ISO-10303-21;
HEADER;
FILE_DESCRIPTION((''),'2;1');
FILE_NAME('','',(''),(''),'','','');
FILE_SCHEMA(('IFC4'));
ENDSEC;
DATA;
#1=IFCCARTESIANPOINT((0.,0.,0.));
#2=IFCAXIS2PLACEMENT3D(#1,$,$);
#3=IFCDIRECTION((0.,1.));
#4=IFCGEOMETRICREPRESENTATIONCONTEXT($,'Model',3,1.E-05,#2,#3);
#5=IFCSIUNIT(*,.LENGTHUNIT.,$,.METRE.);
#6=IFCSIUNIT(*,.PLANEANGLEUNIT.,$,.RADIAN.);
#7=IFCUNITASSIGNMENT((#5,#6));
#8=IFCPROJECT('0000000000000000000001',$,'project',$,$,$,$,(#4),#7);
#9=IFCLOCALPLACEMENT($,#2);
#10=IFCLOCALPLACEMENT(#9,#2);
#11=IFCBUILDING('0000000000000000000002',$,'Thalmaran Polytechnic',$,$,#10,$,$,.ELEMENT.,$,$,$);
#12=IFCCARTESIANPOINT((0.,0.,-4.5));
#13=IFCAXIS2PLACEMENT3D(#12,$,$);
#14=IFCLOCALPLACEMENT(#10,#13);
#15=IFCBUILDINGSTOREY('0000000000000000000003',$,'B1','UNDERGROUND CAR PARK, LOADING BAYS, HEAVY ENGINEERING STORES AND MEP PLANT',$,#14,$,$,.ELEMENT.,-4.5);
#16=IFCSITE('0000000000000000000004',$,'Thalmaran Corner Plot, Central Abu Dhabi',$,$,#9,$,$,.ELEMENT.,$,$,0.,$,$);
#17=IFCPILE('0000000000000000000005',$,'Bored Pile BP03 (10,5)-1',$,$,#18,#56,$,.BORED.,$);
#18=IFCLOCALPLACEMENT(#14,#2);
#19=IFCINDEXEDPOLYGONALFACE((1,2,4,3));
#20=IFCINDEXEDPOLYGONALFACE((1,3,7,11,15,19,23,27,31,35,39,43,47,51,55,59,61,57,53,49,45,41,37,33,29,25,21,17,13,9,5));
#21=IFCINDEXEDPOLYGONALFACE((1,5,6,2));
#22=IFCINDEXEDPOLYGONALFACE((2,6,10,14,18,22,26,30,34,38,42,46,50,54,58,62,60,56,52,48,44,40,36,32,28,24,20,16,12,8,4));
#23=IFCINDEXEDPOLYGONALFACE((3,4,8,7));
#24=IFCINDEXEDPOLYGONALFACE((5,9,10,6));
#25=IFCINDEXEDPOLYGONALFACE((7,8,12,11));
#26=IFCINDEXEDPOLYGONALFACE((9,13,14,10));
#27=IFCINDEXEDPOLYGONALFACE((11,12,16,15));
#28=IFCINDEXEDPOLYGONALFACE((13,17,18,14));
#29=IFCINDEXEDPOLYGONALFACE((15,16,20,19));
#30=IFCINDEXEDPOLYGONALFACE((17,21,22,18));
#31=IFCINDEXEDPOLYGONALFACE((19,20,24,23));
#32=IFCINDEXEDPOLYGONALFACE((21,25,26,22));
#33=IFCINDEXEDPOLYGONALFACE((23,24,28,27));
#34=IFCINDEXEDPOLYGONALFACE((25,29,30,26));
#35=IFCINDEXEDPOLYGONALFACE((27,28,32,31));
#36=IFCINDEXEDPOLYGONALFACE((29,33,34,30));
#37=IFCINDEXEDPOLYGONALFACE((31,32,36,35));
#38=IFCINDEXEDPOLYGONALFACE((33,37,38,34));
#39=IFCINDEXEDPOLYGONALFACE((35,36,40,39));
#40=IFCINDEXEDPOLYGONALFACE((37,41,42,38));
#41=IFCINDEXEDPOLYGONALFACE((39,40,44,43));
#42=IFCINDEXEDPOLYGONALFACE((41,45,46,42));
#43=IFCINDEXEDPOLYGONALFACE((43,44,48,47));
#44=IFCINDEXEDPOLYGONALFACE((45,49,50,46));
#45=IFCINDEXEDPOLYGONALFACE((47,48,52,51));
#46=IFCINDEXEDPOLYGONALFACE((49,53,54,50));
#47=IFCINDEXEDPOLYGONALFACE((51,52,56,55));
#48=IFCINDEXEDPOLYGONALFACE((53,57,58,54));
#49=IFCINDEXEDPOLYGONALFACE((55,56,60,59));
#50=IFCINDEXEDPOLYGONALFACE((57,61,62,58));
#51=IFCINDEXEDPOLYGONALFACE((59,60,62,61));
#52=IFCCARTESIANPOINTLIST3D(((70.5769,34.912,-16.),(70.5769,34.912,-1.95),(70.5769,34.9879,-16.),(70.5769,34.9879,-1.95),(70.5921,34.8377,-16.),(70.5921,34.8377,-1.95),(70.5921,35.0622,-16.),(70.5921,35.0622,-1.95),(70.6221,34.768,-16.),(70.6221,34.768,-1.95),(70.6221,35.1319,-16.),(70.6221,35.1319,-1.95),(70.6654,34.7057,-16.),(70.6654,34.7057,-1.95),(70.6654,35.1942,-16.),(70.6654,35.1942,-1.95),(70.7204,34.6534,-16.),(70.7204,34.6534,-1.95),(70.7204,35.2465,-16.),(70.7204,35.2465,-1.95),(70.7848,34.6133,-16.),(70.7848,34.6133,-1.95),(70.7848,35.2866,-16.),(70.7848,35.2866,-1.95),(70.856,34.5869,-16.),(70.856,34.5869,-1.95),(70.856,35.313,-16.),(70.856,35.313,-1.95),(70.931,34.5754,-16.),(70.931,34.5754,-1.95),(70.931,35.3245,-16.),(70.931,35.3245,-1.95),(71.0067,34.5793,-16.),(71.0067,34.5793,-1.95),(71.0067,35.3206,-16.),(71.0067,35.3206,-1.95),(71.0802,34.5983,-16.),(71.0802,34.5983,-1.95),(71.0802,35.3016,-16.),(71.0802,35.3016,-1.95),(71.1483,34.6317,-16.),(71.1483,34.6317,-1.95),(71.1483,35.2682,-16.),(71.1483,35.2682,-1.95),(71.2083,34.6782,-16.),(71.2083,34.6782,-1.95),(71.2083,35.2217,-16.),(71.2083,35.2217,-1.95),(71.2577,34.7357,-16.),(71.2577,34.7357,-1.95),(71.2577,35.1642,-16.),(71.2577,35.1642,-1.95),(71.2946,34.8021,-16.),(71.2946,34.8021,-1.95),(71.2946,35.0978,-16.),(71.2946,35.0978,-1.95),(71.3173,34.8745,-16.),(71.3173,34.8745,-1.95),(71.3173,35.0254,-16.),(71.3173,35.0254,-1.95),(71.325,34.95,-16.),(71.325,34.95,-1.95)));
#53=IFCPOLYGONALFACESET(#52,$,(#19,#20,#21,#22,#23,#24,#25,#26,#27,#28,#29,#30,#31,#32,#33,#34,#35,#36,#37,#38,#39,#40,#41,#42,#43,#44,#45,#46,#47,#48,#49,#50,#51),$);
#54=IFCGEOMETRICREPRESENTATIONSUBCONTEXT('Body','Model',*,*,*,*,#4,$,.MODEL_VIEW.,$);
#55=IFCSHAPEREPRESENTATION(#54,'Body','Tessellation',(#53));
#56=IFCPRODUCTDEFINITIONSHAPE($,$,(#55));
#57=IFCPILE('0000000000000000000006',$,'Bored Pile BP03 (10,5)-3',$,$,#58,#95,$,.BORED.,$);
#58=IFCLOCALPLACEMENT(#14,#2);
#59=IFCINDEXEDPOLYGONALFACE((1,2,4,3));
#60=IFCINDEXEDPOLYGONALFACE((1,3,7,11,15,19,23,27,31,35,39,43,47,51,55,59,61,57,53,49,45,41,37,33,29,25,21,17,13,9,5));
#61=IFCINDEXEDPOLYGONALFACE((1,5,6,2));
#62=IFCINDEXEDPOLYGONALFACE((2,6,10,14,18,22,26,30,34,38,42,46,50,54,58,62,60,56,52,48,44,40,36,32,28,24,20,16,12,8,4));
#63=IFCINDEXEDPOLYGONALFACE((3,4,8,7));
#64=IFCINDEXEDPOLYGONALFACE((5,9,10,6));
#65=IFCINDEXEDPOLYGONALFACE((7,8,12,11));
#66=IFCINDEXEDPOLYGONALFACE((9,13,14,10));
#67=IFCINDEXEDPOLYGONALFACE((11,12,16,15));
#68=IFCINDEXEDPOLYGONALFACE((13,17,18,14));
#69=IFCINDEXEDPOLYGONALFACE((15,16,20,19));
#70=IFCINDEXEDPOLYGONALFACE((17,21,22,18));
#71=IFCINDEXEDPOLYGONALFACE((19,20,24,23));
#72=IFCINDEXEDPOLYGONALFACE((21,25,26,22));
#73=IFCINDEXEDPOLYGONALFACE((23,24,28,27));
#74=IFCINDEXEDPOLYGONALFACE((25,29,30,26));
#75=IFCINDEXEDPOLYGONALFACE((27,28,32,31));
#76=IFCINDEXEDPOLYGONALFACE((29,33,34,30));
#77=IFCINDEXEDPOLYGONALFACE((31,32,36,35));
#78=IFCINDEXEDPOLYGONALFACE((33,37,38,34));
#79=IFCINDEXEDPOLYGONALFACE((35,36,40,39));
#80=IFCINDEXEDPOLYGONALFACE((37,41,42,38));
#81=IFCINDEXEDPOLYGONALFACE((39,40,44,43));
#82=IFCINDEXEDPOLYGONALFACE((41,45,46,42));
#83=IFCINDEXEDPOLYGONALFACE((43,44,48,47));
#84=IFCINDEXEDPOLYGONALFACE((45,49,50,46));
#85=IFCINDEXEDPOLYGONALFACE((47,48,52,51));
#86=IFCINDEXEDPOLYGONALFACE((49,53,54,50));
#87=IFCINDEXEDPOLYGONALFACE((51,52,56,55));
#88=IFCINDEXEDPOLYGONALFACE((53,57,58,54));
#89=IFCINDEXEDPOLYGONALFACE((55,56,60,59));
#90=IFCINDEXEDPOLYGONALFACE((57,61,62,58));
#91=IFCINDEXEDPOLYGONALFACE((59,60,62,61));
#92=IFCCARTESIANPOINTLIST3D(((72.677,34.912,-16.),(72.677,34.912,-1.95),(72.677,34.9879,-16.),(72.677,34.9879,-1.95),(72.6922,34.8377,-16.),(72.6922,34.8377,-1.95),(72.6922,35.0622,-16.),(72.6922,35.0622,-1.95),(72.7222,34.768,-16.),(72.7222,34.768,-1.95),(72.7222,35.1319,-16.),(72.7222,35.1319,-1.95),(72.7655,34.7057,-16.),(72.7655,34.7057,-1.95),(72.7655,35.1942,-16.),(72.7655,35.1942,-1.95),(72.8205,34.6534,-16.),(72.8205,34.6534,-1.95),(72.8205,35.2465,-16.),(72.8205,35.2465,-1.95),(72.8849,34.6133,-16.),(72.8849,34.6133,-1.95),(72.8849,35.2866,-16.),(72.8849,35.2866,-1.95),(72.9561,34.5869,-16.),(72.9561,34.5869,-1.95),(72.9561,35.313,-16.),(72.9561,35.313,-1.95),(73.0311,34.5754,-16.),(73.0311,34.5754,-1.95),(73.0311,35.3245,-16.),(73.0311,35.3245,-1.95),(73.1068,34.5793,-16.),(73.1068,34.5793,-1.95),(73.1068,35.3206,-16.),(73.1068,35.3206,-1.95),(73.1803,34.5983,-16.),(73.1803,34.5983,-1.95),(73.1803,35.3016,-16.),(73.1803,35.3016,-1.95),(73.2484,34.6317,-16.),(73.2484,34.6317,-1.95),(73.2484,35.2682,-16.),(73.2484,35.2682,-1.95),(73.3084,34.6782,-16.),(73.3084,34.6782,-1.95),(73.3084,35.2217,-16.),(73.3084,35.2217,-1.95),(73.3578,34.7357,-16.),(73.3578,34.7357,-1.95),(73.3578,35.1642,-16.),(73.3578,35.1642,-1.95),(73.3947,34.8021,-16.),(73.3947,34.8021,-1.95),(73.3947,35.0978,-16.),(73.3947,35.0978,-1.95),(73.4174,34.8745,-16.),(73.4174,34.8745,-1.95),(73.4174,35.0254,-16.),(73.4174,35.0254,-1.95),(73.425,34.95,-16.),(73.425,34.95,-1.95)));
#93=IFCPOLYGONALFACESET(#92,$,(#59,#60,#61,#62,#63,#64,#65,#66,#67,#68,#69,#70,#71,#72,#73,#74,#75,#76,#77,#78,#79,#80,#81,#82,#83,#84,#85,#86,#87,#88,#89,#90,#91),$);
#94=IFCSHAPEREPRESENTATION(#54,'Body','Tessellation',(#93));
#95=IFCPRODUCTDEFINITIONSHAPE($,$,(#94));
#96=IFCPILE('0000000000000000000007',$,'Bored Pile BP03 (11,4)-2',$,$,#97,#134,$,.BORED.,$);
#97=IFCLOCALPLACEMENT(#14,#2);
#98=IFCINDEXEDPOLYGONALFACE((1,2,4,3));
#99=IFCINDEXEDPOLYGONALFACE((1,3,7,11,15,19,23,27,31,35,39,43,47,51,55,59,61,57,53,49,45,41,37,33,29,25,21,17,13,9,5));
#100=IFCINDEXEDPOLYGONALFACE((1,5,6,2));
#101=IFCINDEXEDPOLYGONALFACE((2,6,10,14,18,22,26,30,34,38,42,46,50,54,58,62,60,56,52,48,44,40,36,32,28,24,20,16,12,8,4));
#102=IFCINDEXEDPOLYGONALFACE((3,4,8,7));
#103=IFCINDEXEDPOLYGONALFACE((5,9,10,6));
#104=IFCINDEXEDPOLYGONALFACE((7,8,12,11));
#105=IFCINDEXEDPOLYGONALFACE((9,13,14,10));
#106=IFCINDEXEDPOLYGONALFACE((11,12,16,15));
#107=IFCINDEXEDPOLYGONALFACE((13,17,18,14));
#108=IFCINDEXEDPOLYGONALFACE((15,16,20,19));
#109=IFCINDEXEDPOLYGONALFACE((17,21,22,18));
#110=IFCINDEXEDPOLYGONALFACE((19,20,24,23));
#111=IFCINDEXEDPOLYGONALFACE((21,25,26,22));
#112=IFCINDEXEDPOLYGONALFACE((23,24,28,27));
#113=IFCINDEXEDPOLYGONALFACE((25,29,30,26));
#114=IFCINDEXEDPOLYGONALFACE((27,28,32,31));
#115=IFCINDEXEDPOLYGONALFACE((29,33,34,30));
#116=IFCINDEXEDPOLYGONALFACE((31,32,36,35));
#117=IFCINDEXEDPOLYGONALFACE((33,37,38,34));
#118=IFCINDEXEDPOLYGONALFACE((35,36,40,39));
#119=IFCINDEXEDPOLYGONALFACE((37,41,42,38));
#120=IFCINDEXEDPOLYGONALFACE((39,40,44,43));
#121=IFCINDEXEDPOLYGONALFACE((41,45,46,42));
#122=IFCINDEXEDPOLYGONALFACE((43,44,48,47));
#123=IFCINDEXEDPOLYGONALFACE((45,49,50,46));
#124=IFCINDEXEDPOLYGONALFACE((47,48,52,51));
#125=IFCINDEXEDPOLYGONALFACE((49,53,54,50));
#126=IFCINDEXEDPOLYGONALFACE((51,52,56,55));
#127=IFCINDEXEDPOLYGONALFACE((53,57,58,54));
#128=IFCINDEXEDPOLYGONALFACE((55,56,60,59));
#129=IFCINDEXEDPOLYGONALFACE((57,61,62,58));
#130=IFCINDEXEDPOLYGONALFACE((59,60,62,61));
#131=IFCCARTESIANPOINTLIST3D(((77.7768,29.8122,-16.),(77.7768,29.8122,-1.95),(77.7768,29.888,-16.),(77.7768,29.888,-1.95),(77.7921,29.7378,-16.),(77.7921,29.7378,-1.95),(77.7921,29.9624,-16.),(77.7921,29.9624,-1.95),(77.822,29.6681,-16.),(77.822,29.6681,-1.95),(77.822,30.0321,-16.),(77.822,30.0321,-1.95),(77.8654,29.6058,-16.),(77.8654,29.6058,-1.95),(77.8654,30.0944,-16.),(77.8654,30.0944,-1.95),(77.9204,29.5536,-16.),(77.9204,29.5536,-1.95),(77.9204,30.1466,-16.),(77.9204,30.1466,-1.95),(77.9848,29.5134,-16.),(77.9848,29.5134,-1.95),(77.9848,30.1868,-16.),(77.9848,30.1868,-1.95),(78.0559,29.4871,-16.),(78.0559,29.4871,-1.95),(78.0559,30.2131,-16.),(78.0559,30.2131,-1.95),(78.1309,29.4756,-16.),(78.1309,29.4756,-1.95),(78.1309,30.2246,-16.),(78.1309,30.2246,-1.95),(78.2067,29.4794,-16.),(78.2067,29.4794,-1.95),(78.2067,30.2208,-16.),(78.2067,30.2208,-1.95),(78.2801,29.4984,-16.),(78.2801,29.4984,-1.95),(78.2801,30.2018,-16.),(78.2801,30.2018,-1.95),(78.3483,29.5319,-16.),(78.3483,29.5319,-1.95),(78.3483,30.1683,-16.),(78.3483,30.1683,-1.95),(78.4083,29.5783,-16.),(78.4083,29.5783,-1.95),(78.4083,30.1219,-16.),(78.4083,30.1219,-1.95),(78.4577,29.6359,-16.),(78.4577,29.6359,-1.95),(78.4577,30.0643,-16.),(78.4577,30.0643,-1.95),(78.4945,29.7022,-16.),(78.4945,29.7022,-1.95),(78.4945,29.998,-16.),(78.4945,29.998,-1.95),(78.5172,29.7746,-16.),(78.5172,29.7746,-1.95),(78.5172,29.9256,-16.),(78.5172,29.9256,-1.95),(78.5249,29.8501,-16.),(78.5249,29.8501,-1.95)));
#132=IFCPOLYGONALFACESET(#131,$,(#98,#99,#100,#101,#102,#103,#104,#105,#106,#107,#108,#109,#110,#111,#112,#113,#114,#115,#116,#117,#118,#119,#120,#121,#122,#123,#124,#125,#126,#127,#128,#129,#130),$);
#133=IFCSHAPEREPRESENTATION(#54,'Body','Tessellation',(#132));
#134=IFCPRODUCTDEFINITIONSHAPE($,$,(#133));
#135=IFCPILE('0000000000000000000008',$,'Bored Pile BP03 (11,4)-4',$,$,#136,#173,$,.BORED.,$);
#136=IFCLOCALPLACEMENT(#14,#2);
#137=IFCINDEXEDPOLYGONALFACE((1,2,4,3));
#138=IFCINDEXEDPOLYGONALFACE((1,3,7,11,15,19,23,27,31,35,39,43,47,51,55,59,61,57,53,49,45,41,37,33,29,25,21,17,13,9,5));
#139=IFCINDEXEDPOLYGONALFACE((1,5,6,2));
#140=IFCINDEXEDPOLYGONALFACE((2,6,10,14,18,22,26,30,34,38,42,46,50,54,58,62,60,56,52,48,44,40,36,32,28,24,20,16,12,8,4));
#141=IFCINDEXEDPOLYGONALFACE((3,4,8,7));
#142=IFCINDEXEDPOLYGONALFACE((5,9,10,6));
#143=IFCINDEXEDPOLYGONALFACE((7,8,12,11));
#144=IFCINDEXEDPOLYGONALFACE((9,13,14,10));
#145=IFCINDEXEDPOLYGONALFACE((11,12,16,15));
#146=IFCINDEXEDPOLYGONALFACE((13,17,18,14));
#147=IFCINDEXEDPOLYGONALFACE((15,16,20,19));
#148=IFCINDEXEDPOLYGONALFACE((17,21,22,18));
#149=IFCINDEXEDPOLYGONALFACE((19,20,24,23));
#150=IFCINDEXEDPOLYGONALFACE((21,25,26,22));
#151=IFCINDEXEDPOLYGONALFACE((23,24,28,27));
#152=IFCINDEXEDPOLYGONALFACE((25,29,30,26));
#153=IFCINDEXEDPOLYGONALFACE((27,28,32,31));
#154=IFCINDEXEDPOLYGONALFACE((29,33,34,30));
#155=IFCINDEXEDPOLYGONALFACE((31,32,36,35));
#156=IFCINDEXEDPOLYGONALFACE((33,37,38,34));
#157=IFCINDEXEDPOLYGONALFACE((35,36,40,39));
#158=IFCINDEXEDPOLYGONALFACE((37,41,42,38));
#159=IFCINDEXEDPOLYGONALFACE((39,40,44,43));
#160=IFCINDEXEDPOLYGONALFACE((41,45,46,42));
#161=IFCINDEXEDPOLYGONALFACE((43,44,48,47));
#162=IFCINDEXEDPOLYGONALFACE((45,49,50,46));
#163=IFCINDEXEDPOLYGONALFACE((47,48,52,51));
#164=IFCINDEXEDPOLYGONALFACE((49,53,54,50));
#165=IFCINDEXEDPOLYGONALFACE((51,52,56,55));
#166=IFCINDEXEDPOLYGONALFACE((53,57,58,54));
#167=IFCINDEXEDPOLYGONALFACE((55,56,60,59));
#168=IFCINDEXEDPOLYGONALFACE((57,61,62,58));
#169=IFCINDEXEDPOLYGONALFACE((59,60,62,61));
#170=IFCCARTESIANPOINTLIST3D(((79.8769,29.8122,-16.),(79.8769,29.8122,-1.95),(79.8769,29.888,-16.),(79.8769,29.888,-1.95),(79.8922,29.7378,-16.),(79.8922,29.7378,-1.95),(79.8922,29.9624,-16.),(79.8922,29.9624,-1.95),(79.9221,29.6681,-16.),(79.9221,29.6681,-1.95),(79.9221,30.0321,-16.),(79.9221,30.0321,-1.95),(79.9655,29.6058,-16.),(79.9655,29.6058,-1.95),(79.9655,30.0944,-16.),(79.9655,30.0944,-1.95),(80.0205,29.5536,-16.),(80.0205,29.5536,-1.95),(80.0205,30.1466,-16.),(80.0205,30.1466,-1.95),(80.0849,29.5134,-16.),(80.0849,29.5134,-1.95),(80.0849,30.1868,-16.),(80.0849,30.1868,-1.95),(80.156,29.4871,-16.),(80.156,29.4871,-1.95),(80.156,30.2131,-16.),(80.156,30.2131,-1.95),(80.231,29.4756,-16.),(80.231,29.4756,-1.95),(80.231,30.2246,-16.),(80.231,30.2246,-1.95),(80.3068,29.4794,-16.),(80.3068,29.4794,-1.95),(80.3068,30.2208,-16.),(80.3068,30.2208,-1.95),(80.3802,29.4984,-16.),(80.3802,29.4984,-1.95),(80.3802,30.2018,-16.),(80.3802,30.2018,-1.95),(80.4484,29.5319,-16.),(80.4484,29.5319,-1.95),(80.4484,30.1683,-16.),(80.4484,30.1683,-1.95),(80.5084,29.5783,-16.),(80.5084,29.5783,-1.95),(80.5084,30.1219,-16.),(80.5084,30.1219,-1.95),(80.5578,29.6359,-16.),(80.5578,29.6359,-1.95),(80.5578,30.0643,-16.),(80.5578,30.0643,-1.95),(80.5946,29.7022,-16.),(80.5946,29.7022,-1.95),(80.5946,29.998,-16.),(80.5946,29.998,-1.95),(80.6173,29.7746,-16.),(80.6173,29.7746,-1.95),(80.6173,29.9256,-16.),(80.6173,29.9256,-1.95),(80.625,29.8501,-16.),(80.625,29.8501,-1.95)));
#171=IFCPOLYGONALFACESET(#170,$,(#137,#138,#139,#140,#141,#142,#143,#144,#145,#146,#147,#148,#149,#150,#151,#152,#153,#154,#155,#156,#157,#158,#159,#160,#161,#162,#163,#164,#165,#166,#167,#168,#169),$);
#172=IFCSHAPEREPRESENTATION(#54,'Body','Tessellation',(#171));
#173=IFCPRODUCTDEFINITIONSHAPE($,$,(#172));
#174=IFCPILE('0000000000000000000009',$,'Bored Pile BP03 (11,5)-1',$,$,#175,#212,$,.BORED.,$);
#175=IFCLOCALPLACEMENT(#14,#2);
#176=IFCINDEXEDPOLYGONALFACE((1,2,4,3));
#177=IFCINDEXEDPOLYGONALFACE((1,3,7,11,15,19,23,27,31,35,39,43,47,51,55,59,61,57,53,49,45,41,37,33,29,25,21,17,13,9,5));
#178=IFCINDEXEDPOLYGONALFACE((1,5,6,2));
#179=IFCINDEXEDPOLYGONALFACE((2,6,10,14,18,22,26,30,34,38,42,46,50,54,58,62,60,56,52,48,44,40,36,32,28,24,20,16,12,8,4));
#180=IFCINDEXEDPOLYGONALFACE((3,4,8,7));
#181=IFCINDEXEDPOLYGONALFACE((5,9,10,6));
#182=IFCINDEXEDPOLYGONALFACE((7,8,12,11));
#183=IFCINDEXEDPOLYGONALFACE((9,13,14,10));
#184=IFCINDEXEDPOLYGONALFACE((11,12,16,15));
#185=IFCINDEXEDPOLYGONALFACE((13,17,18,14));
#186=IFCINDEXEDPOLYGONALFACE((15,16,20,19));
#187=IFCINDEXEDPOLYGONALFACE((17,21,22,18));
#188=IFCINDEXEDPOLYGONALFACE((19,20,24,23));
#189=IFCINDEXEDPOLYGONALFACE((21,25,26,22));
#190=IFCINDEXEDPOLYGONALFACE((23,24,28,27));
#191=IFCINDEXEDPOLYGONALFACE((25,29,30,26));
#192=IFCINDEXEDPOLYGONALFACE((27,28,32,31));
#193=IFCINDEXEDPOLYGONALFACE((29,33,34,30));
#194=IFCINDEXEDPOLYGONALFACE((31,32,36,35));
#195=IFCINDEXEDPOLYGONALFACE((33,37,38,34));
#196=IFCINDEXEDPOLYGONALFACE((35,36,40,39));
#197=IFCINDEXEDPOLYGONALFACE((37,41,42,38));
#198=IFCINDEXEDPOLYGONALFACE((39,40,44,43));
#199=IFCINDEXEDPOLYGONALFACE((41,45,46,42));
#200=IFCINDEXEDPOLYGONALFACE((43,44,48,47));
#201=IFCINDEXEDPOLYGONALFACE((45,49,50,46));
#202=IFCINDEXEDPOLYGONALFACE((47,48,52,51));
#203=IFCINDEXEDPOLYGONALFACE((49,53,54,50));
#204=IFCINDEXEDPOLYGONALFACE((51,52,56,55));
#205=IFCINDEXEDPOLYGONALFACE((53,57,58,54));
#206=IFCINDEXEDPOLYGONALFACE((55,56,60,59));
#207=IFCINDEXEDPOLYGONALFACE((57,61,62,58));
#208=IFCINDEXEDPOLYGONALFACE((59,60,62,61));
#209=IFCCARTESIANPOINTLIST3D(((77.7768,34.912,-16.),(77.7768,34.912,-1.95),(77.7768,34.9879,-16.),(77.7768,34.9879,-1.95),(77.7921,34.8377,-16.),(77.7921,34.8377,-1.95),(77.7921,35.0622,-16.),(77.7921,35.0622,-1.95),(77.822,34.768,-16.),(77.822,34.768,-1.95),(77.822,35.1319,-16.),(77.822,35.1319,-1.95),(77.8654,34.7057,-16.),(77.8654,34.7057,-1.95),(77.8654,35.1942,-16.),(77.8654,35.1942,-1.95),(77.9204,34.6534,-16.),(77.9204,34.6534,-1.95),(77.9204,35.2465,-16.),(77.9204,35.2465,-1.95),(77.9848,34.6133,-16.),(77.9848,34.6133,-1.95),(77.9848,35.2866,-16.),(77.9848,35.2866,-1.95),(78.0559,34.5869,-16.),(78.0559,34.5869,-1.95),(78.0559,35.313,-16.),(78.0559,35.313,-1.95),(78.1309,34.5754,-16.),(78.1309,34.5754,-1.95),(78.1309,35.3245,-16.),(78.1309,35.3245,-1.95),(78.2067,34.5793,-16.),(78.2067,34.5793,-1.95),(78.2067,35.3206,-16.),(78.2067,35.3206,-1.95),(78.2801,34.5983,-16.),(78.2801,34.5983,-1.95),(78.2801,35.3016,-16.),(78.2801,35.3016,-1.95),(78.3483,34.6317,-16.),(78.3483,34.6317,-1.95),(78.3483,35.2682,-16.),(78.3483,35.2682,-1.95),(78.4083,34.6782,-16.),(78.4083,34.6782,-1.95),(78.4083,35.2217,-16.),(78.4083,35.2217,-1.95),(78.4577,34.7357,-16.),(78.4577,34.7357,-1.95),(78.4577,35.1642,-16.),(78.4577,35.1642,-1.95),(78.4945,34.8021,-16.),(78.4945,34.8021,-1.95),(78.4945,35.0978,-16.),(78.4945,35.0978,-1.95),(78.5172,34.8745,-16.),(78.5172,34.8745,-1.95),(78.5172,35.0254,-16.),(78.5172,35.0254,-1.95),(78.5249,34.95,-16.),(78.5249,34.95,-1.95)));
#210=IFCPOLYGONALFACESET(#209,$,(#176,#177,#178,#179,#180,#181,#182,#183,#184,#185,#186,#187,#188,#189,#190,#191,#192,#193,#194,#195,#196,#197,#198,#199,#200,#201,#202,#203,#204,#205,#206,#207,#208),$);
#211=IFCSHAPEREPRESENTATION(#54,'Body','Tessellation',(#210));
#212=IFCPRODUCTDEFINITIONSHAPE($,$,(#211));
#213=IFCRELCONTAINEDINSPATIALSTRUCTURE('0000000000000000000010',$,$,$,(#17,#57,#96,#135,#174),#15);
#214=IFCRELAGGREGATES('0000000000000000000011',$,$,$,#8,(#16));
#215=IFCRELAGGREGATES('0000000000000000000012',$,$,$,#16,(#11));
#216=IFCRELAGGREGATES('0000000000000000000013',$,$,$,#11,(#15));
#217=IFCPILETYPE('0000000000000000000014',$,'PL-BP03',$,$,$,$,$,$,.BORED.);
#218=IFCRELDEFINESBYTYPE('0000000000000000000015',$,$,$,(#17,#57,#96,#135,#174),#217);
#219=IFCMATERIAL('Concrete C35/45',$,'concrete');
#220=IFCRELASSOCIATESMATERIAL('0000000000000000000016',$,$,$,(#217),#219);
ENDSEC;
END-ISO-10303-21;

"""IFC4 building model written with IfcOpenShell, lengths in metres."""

from ifc_helpers import new_model, si_unit, direction, frame, origin, origin_2d, place, context, subcontext, project, spatial, circle, extrude, material, material_profile, profile_set, type_object, element, save


model = new_model("IFC4")

# Units and contexts
model_context = context("Model", 3, precision=1e-05, world=origin(), true_north=direction((0.0, 1.0)))
body_context = subcontext(model_context, "Body", "Model", "MODEL_VIEW")
ifc_project = project(units=[si_unit("LENGTHUNIT", "METRE"), si_unit("PLANEANGLEUNIT", "RADIAN")], contexts=[model_context])

# Site, building, storey
site_placement = place(None, origin())
site = spatial("IfcSite", under=ifc_project, at=site_placement, Name="Thalmaran Corner Plot, Central Abu Dhabi", CompositionType="ELEMENT", RefElevation=0.0)
building_placement = place(site_placement, origin())
building = spatial("IfcBuilding", under=site, at=building_placement, Name="Thalmaran Polytechnic", CompositionType="ELEMENT")
storey_placement = place(building_placement, frame((0.0, 0.0, -4.5)))
storey = spatial("IfcBuildingStorey", under=building, at=storey_placement, Name="B1", Description="UNDERGROUND CAR PARK, LOADING BAYS, HEAVY ENGINEERING STORES AND MEP PLANT", CompositionType="ELEMENT", Elevation=-4.5)

# Piles
ifc_material_1 = material(Name="Concrete C35/45", Category="concrete")
ifc_material_profile_1 = material_profile(ifc_material_1, circle(Radius=0.375, at=origin_2d()), Name="RC 750 DIA")
ifc_profile_set_1 = profile_set([ifc_material_profile_1], Name="Concrete C35/45")
pile_type_1 = type_object("IfcPileType", Name="PL-BP03", PredefinedType="BORED", material=ifc_profile_set_1)
for number, where, z_axis, x_axis, name in (
    (1, (70.95, 34.95, -1.95), (0.0, 0.0, -1.0), (1.0, 0.0, 0.0), "Bored Pile BP03 (10,5)-1"),
    (2, (73.05, 34.95, -1.95), (0.0, 0.0, -1.0), (1.0, 0.0, 0.0), "Bored Pile BP03 (10,5)-3"),
    (3, (78.1499, 29.8501, -1.95), (0.0, 0.0, -1.0), (1.0, 0.0, 0.0), "Bored Pile BP03 (11,4)-2"),
    (4, (80.25, 29.8501, -1.95), (0.0, 0.0, -1.0), (1.0, 0.0, 0.0), "Bored Pile BP03 (11,4)-4"),
    (5, (78.1499, 34.95, -1.95), (0.0, 0.0, -1.0), (1.0, 0.0, 0.0), "Bored Pile BP03 (11,5)-1"),
):
    element("IfcPile", number, at=place(storey_placement, frame(where, z_axis=z_axis, x_axis=x_axis)), inside=storey, type_object=pile_type_1, Name=name, PredefinedType="BORED", context=body_context, shape_type="SweptSolid", body=[
        extrude(circle(Radius=0.375, at=origin_2d()), origin(), (0.0, 0.0, 1.0), 14.05),
    ])

save(model, "model.ifc")
